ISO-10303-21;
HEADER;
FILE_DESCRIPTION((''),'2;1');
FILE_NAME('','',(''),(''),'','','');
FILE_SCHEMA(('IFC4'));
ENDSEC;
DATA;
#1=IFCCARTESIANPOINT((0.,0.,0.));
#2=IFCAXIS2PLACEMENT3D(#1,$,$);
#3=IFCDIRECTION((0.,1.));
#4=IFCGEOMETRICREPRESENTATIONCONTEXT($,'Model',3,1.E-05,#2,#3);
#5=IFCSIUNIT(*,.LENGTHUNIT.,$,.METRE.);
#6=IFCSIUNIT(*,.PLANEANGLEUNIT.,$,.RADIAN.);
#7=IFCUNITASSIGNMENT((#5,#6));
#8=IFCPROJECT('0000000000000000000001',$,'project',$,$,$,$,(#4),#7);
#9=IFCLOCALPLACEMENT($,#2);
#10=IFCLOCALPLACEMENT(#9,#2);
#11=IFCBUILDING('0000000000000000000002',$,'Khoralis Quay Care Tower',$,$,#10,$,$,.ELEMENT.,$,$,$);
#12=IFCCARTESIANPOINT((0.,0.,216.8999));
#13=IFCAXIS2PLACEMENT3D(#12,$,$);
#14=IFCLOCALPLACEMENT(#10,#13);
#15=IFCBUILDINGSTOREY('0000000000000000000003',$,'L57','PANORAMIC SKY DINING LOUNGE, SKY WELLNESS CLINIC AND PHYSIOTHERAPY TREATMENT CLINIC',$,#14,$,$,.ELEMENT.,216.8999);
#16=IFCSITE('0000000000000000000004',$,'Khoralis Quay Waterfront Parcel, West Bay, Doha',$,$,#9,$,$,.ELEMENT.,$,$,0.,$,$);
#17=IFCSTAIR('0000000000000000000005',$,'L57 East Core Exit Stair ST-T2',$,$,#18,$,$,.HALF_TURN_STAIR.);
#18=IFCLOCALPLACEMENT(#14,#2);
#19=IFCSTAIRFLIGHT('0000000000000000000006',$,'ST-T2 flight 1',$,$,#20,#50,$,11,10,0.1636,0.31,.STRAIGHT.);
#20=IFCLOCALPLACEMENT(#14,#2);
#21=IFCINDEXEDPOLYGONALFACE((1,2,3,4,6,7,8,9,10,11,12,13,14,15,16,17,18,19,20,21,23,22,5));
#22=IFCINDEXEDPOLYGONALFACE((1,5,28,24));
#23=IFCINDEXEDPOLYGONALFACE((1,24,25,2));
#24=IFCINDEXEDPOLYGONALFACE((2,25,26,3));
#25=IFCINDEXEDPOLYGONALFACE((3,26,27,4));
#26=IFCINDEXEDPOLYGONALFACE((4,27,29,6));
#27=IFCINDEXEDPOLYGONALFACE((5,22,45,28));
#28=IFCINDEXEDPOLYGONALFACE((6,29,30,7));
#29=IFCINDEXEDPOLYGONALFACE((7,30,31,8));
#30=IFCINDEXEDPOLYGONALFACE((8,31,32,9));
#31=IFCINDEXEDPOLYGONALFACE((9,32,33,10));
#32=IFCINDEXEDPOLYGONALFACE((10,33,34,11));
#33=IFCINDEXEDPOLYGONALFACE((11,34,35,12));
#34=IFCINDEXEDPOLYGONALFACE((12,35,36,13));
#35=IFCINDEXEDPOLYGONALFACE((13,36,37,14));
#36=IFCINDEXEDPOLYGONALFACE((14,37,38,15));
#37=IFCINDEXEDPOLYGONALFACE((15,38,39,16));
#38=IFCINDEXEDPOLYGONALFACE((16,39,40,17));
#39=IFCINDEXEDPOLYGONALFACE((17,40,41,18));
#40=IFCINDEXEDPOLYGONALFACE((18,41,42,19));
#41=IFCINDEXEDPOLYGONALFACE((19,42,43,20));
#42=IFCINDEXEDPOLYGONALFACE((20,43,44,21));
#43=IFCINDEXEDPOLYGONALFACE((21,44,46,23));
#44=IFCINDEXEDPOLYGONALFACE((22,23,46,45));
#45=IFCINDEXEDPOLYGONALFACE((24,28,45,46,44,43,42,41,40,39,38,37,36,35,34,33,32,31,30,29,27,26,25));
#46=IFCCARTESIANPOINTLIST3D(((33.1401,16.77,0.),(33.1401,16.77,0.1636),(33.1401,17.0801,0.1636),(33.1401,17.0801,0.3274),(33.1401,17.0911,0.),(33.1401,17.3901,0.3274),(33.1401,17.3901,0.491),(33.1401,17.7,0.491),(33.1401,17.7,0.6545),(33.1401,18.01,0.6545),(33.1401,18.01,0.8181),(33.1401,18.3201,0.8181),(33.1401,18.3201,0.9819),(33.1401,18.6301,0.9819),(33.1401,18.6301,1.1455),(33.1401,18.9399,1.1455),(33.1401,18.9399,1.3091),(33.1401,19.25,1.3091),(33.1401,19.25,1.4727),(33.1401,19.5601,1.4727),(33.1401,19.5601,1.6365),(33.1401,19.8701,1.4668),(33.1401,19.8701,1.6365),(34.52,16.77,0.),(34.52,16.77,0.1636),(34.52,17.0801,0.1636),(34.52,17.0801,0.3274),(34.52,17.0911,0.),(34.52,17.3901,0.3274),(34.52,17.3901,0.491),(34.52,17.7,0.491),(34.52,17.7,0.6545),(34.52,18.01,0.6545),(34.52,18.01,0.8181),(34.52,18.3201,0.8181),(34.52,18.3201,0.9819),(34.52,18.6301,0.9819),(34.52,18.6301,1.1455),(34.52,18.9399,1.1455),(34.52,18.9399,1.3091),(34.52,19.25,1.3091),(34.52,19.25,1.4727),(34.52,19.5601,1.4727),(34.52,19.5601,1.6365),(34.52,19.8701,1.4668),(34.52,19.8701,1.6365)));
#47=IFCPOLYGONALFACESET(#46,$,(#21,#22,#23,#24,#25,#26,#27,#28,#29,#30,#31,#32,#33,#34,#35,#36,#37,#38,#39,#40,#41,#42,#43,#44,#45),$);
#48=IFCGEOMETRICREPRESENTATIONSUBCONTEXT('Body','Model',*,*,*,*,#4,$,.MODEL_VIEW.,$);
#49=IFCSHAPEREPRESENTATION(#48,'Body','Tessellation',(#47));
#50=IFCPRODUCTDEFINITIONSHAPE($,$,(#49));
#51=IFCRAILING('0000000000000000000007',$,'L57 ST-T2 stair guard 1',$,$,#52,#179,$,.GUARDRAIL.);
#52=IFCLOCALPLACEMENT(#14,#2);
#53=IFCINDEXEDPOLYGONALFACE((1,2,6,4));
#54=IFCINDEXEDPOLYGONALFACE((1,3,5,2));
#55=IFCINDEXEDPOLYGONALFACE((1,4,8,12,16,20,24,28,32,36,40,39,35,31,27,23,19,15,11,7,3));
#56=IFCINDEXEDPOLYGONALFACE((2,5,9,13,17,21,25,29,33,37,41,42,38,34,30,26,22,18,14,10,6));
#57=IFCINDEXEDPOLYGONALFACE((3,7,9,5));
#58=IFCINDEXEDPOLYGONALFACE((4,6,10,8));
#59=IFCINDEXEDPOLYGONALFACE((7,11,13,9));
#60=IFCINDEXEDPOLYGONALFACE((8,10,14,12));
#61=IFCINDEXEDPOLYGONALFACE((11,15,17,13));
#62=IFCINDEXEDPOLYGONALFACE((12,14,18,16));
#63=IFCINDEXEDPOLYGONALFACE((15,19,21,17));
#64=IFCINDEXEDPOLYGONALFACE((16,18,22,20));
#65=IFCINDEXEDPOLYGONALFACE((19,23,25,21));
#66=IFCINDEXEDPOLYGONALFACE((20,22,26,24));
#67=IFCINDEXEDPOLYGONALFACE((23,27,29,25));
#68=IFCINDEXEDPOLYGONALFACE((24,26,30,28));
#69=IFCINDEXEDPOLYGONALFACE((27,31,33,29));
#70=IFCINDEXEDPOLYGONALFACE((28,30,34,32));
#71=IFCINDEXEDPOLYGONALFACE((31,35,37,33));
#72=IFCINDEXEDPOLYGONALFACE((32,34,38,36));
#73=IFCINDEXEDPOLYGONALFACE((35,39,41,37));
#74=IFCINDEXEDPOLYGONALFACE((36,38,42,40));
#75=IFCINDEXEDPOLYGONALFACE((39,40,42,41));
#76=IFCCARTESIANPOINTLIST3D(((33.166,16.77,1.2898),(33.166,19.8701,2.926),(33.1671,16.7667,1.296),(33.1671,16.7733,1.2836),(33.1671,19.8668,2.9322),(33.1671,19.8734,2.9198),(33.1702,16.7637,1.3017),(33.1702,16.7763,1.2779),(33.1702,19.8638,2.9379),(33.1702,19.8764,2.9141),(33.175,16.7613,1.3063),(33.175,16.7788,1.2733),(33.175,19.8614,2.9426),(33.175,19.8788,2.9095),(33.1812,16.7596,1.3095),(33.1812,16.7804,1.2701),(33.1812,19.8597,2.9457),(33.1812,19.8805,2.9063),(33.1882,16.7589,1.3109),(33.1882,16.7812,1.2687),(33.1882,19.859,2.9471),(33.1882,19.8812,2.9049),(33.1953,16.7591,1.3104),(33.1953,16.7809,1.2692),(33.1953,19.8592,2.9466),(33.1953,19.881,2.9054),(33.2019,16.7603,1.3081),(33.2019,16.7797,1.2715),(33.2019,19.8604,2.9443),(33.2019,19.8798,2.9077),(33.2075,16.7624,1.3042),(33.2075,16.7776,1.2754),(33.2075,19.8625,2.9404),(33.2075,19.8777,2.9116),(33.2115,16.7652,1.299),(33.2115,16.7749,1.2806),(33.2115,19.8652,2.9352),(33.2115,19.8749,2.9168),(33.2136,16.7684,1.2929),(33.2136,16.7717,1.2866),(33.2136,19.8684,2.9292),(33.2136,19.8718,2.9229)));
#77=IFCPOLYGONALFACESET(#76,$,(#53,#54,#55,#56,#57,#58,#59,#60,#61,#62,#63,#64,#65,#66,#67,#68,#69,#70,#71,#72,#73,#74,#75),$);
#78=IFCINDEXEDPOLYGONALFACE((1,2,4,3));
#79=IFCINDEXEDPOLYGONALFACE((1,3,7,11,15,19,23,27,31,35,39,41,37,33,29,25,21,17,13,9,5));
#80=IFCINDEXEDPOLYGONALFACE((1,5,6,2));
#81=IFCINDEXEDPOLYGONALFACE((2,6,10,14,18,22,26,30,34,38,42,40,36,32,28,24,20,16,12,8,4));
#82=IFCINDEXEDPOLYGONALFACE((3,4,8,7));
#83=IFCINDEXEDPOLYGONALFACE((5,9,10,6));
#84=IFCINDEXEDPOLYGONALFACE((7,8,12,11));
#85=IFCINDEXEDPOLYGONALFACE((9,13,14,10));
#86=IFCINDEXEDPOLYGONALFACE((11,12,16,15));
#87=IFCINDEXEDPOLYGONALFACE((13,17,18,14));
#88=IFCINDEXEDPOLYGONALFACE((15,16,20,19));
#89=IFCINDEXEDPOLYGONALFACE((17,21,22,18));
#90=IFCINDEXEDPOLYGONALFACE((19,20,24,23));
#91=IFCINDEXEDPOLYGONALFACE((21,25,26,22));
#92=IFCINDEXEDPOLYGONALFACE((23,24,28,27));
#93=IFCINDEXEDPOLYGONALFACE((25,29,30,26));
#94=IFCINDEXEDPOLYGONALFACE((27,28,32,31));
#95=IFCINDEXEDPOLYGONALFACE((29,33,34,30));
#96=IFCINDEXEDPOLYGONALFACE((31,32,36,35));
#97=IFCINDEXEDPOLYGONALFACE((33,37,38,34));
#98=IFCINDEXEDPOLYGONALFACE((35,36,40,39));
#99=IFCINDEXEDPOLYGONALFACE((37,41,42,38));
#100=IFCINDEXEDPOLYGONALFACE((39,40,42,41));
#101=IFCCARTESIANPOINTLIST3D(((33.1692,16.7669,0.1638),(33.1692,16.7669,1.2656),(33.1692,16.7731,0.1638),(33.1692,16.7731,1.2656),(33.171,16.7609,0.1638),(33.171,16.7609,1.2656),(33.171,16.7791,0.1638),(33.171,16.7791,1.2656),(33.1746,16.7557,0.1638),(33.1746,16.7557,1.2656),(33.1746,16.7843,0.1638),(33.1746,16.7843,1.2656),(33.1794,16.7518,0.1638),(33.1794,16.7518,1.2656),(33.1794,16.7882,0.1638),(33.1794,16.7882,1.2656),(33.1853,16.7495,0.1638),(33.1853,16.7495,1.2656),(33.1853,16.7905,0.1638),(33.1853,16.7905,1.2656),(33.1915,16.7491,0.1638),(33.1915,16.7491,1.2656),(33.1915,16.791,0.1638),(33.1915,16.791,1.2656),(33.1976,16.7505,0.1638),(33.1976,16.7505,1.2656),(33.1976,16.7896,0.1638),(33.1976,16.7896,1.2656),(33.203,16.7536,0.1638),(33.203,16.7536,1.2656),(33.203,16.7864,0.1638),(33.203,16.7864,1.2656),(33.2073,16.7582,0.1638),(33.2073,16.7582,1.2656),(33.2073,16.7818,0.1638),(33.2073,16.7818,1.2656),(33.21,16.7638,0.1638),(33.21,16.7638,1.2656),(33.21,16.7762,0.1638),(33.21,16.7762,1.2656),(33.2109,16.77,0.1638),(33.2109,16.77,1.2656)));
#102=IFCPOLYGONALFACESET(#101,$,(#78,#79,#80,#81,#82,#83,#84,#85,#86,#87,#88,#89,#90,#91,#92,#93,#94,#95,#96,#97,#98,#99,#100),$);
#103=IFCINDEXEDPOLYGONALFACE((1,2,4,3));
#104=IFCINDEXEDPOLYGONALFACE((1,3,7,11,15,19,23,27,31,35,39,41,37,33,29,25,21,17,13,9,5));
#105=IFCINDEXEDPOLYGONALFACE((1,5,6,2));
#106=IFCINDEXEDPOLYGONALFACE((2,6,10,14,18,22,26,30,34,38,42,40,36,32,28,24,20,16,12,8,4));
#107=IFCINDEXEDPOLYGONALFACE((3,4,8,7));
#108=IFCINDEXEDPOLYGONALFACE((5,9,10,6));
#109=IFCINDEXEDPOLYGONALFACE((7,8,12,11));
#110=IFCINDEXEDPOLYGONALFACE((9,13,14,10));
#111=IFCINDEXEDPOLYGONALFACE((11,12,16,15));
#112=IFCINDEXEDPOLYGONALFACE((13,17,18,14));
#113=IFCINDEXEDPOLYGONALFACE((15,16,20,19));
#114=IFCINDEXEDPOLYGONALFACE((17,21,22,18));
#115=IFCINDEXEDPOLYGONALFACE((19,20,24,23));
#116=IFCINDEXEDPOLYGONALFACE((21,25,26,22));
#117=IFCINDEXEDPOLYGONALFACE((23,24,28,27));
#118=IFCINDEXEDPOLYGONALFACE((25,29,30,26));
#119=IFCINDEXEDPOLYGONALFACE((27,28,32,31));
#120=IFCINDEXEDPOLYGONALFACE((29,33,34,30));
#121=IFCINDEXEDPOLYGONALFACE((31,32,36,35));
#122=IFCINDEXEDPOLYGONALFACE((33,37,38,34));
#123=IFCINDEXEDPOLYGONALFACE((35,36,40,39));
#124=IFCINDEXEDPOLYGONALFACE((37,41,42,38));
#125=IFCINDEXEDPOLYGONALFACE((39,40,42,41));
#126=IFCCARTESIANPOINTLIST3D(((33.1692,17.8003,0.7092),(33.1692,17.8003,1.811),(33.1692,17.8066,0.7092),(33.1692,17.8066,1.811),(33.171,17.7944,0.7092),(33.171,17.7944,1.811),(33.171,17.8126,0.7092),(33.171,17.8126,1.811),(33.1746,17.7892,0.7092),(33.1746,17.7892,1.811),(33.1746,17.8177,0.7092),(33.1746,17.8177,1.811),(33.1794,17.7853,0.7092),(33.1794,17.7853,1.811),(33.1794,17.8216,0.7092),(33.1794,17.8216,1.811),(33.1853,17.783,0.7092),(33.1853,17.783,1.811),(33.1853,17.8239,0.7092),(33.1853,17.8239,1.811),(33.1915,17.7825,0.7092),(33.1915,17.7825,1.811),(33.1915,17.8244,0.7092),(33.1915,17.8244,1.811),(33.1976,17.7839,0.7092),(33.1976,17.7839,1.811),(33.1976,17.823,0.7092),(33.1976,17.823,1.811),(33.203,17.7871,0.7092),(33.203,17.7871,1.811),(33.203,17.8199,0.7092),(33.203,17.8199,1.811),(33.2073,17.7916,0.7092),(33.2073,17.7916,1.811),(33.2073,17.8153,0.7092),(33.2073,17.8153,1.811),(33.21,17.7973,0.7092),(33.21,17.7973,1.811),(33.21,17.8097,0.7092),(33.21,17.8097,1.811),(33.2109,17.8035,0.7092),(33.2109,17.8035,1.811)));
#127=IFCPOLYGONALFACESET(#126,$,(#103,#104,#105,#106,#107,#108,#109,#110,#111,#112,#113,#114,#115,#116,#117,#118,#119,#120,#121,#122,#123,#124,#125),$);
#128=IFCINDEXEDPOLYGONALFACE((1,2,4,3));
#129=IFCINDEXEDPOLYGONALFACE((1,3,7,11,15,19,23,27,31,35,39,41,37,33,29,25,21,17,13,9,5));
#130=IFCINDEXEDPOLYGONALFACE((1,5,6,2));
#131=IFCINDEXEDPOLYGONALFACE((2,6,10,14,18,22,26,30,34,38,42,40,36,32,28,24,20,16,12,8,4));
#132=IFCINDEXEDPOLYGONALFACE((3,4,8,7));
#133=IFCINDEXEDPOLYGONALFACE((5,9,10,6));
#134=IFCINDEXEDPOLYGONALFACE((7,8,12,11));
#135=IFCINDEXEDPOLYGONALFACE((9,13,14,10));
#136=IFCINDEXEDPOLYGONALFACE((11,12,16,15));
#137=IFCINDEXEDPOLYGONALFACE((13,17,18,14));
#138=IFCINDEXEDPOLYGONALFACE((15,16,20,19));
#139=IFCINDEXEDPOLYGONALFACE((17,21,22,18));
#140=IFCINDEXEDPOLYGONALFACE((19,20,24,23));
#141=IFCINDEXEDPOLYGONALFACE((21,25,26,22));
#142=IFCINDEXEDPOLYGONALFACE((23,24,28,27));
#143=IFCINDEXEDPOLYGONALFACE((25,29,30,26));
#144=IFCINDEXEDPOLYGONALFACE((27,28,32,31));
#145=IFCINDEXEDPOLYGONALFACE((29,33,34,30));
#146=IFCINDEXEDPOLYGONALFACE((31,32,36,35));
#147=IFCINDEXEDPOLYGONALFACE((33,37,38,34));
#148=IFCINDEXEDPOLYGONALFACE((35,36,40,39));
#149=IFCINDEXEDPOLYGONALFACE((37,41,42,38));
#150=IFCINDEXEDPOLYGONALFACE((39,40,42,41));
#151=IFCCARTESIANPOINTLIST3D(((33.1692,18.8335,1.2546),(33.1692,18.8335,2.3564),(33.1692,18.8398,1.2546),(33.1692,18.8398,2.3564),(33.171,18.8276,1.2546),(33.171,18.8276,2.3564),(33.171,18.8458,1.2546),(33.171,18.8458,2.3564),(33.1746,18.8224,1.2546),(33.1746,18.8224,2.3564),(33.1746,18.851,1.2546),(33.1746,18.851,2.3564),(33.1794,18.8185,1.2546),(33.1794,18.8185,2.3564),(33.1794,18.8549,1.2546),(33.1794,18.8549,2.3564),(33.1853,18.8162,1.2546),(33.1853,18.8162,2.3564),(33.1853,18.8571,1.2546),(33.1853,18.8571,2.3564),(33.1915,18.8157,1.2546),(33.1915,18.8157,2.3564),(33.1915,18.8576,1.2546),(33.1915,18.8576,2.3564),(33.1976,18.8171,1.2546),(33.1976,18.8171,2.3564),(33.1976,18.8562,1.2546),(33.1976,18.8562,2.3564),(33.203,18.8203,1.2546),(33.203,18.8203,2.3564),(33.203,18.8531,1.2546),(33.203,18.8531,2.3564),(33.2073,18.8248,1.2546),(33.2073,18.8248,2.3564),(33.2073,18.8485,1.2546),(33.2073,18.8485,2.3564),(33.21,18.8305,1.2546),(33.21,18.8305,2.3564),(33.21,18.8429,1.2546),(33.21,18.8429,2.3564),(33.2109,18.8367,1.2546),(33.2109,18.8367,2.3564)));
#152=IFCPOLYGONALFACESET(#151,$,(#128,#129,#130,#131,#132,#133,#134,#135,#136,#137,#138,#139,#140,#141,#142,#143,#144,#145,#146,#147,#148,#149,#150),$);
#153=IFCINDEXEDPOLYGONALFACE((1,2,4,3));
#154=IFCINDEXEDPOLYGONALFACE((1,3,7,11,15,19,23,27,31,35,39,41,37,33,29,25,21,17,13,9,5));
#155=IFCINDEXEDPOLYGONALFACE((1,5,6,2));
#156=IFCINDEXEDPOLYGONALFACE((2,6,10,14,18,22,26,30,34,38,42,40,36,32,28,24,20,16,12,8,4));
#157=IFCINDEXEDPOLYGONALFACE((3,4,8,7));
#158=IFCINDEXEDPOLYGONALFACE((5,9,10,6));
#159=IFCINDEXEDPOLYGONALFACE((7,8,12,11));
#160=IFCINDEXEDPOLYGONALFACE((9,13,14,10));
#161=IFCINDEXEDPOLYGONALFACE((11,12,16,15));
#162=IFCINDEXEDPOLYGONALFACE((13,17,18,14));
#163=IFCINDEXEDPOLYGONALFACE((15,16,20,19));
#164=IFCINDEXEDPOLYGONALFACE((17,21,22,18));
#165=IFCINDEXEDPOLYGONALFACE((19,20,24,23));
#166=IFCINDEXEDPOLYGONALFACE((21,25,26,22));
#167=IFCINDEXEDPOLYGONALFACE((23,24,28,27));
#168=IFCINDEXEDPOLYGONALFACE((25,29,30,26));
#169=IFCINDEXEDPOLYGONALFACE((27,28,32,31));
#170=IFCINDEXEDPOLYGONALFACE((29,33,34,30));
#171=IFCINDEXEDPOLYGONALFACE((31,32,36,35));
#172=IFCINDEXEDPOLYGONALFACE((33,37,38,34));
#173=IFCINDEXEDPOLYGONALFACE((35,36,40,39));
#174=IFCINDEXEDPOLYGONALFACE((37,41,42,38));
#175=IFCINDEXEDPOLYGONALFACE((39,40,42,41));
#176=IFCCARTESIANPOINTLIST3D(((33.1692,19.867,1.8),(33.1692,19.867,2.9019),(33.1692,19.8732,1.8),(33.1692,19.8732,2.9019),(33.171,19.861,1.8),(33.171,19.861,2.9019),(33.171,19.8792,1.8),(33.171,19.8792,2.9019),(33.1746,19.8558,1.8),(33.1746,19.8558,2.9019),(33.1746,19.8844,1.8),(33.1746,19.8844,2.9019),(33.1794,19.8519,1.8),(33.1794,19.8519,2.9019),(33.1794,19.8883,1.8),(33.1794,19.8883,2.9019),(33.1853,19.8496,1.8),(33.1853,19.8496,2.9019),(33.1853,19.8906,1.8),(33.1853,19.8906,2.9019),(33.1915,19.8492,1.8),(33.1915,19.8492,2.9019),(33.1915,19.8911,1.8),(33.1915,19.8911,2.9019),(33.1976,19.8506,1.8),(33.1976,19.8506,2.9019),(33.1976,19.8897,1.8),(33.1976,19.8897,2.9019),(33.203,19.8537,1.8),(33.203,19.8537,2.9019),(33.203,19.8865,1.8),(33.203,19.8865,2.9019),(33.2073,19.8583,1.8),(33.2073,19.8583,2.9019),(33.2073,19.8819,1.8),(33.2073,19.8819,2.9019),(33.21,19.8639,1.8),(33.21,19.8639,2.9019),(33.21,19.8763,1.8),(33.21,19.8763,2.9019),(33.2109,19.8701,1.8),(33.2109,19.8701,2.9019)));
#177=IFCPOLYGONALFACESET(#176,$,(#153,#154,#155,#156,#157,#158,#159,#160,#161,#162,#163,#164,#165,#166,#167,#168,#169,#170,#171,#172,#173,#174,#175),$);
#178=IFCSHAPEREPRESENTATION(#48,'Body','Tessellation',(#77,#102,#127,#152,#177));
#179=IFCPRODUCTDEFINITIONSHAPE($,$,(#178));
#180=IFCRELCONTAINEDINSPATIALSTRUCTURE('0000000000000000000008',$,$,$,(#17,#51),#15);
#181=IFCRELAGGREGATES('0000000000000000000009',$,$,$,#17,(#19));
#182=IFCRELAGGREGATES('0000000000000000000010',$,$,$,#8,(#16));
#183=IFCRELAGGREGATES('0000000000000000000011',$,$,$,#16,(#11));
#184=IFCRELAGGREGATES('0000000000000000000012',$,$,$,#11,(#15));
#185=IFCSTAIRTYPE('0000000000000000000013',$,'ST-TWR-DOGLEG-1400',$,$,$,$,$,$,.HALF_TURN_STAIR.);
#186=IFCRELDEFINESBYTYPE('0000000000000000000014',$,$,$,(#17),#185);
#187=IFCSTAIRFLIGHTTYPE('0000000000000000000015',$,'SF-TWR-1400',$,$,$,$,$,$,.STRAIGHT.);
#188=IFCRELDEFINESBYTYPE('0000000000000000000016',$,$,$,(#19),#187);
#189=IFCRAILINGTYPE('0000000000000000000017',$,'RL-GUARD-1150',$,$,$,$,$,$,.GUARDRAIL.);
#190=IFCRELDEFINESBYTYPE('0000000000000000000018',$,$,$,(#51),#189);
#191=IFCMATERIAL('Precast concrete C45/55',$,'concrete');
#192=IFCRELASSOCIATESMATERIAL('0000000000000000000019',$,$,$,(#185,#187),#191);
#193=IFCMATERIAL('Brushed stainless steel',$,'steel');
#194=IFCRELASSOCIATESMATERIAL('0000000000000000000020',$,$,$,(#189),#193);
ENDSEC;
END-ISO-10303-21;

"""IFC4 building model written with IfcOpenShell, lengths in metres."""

from ifc_helpers import new_model, si_unit, direction, frame, origin, origin_2d, place, context, subcontext, project, spatial, polyline, circle, outline, extrude, source, transform, mapped, material, type_object, element, aggregate, save


model = new_model("IFC4")

# Units and contexts
model_context = context("Model", 3, precision=1e-05, world=origin(), true_north=direction((0.0, 1.0)))
body_context = subcontext(model_context, "Body", "Model", "MODEL_VIEW")
ifc_project = project(units=[si_unit("LENGTHUNIT", "METRE"), si_unit("PLANEANGLEUNIT", "RADIAN")], contexts=[model_context])

# Site, building, storey
site_placement = place(None, origin())
site = spatial("IfcSite", under=ifc_project, at=site_placement, Name="Khoralis Quay Waterfront Parcel, West Bay, Doha", CompositionType="ELEMENT", RefElevation=0.0)
building_placement = place(site_placement, origin())
building = spatial("IfcBuilding", under=site, at=building_placement, Name="Khoralis Quay Care Tower", CompositionType="ELEMENT")
storey_placement = place(building_placement, frame((0.0, 0.0, 216.8999)))
storey = spatial("IfcBuildingStorey", under=building, at=storey_placement, Name="L57", Description="PANORAMIC SKY DINING LOUNGE, SKY WELLNESS CLINIC AND PHYSIOTHERAPY TREATMENT CLINIC", CompositionType="ELEMENT", Elevation=216.8999)

# Stair, stair flight
ifc_material_1 = material(Name="Precast concrete C45/55", Category="concrete")
stair_type = type_object("IfcStairType", Name="ST-TWR-DOGLEG-1400", PredefinedType="HALF_TURN_STAIR", material=ifc_material_1)
stair_placement = place(storey_placement, origin())
stair = element("IfcStair", 1, at=stair_placement, inside=storey, type_object=stair_type, Name="L57 East Core Exit Stair ST-T2", PredefinedType="HALF_TURN_STAIR")
stair_flight_type = type_object("IfcStairFlightType", Name="SF-TWR-1400", PredefinedType="STRAIGHT", material=ifc_material_1)
shared_shape_1 = source(origin(), body_context, "Body", "SweptSolid", [
    extrude(outline(polyline([(0.0, 0.0), (0.0, 0.1636), (0.3101, 0.1636), (0.3101, 0.3274), (0.6201, 0.3274), (0.6201, 0.491), (0.9299, 0.491), (0.9299, 0.6545), (1.24, 0.6545), (1.24, 0.8181), (1.55, 0.8181), (1.55, 0.9819), (1.8601, 0.9819), (1.8601, 1.1455), (2.1699, 1.1455), (2.1699, 1.3091), (2.48, 1.3091), (2.48, 1.4727), (2.79, 1.4727), (2.79, 1.6365), (3.1001, 1.6365), (3.1001, 1.8), (3.1001, 1.4668), (0.321, 0.0), (0.0, 0.0)])), frame((0.0, 0.6899, 0.0), z_axis=(0.0, -1.0, 0.0), x_axis=(1.0, 0.0, 0.0)), (0.0, 0.0, 1.0), 1.3799),
])
stair_flight_placement = place(storey_placement, frame((33.8301, 16.77, 0.0), z_axis=(0.0, 0.0, 1.0), x_axis=(0.0, 1.0, 0.0)))
stair_flight = element("IfcStairFlight", 2, at=stair_flight_placement, type_object=stair_flight_type, Name="ST-T2 flight 1", NumberOfRisers=11, NumberOfTreads=10, PredefinedType="STRAIGHT", RiserHeight=0.1636, TreadLength=0.31, context=body_context, shape_type="MappedRepresentation", body=[
    mapped(shared_shape_1, transform((0.0, 0.0, 0.0), scale=1.0)),
])
aggregate(stair, [stair_flight])

# Railing
ifc_material_2 = material(Name="Brushed stainless steel", Category="steel")
railing_type_1 = type_object("IfcRailingType", Name="RL-GUARD-1150", PredefinedType="GUARDRAIL", material=ifc_material_2)
railing_1_placement = place(storey_placement, frame((33.1899, 16.77, 0.1638)))
element("IfcRailing", 3, at=railing_1_placement, inside=storey, type_object=railing_type_1, Name="L57 ST-T2 stair guard 1", PredefinedType="GUARDRAIL", context=body_context, shape_type="SweptSolid", body=[
    extrude(circle(Radius=0.0239, at=origin_2d()), frame((0.0, 0.0, 1.126), z_axis=(0.0, 0.884377, 0.466774), x_axis=(-1.0, 0.0, 0.0)), (0.0, 0.0, 1.0), 3.5054),
    extrude(circle(Radius=0.021, at=origin_2d()), origin(), (0.0, 0.0, 1.0), 1.1018),
    extrude(circle(Radius=0.021, at=origin_2d()), frame((0.0, 1.0334, 0.5454)), (0.0, 0.0, 1.0), 1.1018),
    extrude(circle(Radius=0.021, at=origin_2d()), frame((0.0, 2.0667, 1.0908)), (0.0, 0.0, 1.0), 1.1018),
    extrude(circle(Radius=0.021, at=origin_2d()), frame((0.0, 3.1001, 1.6362)), (0.0, 0.0, 1.0), 1.1018),
])

save(model, "model.ifc")
